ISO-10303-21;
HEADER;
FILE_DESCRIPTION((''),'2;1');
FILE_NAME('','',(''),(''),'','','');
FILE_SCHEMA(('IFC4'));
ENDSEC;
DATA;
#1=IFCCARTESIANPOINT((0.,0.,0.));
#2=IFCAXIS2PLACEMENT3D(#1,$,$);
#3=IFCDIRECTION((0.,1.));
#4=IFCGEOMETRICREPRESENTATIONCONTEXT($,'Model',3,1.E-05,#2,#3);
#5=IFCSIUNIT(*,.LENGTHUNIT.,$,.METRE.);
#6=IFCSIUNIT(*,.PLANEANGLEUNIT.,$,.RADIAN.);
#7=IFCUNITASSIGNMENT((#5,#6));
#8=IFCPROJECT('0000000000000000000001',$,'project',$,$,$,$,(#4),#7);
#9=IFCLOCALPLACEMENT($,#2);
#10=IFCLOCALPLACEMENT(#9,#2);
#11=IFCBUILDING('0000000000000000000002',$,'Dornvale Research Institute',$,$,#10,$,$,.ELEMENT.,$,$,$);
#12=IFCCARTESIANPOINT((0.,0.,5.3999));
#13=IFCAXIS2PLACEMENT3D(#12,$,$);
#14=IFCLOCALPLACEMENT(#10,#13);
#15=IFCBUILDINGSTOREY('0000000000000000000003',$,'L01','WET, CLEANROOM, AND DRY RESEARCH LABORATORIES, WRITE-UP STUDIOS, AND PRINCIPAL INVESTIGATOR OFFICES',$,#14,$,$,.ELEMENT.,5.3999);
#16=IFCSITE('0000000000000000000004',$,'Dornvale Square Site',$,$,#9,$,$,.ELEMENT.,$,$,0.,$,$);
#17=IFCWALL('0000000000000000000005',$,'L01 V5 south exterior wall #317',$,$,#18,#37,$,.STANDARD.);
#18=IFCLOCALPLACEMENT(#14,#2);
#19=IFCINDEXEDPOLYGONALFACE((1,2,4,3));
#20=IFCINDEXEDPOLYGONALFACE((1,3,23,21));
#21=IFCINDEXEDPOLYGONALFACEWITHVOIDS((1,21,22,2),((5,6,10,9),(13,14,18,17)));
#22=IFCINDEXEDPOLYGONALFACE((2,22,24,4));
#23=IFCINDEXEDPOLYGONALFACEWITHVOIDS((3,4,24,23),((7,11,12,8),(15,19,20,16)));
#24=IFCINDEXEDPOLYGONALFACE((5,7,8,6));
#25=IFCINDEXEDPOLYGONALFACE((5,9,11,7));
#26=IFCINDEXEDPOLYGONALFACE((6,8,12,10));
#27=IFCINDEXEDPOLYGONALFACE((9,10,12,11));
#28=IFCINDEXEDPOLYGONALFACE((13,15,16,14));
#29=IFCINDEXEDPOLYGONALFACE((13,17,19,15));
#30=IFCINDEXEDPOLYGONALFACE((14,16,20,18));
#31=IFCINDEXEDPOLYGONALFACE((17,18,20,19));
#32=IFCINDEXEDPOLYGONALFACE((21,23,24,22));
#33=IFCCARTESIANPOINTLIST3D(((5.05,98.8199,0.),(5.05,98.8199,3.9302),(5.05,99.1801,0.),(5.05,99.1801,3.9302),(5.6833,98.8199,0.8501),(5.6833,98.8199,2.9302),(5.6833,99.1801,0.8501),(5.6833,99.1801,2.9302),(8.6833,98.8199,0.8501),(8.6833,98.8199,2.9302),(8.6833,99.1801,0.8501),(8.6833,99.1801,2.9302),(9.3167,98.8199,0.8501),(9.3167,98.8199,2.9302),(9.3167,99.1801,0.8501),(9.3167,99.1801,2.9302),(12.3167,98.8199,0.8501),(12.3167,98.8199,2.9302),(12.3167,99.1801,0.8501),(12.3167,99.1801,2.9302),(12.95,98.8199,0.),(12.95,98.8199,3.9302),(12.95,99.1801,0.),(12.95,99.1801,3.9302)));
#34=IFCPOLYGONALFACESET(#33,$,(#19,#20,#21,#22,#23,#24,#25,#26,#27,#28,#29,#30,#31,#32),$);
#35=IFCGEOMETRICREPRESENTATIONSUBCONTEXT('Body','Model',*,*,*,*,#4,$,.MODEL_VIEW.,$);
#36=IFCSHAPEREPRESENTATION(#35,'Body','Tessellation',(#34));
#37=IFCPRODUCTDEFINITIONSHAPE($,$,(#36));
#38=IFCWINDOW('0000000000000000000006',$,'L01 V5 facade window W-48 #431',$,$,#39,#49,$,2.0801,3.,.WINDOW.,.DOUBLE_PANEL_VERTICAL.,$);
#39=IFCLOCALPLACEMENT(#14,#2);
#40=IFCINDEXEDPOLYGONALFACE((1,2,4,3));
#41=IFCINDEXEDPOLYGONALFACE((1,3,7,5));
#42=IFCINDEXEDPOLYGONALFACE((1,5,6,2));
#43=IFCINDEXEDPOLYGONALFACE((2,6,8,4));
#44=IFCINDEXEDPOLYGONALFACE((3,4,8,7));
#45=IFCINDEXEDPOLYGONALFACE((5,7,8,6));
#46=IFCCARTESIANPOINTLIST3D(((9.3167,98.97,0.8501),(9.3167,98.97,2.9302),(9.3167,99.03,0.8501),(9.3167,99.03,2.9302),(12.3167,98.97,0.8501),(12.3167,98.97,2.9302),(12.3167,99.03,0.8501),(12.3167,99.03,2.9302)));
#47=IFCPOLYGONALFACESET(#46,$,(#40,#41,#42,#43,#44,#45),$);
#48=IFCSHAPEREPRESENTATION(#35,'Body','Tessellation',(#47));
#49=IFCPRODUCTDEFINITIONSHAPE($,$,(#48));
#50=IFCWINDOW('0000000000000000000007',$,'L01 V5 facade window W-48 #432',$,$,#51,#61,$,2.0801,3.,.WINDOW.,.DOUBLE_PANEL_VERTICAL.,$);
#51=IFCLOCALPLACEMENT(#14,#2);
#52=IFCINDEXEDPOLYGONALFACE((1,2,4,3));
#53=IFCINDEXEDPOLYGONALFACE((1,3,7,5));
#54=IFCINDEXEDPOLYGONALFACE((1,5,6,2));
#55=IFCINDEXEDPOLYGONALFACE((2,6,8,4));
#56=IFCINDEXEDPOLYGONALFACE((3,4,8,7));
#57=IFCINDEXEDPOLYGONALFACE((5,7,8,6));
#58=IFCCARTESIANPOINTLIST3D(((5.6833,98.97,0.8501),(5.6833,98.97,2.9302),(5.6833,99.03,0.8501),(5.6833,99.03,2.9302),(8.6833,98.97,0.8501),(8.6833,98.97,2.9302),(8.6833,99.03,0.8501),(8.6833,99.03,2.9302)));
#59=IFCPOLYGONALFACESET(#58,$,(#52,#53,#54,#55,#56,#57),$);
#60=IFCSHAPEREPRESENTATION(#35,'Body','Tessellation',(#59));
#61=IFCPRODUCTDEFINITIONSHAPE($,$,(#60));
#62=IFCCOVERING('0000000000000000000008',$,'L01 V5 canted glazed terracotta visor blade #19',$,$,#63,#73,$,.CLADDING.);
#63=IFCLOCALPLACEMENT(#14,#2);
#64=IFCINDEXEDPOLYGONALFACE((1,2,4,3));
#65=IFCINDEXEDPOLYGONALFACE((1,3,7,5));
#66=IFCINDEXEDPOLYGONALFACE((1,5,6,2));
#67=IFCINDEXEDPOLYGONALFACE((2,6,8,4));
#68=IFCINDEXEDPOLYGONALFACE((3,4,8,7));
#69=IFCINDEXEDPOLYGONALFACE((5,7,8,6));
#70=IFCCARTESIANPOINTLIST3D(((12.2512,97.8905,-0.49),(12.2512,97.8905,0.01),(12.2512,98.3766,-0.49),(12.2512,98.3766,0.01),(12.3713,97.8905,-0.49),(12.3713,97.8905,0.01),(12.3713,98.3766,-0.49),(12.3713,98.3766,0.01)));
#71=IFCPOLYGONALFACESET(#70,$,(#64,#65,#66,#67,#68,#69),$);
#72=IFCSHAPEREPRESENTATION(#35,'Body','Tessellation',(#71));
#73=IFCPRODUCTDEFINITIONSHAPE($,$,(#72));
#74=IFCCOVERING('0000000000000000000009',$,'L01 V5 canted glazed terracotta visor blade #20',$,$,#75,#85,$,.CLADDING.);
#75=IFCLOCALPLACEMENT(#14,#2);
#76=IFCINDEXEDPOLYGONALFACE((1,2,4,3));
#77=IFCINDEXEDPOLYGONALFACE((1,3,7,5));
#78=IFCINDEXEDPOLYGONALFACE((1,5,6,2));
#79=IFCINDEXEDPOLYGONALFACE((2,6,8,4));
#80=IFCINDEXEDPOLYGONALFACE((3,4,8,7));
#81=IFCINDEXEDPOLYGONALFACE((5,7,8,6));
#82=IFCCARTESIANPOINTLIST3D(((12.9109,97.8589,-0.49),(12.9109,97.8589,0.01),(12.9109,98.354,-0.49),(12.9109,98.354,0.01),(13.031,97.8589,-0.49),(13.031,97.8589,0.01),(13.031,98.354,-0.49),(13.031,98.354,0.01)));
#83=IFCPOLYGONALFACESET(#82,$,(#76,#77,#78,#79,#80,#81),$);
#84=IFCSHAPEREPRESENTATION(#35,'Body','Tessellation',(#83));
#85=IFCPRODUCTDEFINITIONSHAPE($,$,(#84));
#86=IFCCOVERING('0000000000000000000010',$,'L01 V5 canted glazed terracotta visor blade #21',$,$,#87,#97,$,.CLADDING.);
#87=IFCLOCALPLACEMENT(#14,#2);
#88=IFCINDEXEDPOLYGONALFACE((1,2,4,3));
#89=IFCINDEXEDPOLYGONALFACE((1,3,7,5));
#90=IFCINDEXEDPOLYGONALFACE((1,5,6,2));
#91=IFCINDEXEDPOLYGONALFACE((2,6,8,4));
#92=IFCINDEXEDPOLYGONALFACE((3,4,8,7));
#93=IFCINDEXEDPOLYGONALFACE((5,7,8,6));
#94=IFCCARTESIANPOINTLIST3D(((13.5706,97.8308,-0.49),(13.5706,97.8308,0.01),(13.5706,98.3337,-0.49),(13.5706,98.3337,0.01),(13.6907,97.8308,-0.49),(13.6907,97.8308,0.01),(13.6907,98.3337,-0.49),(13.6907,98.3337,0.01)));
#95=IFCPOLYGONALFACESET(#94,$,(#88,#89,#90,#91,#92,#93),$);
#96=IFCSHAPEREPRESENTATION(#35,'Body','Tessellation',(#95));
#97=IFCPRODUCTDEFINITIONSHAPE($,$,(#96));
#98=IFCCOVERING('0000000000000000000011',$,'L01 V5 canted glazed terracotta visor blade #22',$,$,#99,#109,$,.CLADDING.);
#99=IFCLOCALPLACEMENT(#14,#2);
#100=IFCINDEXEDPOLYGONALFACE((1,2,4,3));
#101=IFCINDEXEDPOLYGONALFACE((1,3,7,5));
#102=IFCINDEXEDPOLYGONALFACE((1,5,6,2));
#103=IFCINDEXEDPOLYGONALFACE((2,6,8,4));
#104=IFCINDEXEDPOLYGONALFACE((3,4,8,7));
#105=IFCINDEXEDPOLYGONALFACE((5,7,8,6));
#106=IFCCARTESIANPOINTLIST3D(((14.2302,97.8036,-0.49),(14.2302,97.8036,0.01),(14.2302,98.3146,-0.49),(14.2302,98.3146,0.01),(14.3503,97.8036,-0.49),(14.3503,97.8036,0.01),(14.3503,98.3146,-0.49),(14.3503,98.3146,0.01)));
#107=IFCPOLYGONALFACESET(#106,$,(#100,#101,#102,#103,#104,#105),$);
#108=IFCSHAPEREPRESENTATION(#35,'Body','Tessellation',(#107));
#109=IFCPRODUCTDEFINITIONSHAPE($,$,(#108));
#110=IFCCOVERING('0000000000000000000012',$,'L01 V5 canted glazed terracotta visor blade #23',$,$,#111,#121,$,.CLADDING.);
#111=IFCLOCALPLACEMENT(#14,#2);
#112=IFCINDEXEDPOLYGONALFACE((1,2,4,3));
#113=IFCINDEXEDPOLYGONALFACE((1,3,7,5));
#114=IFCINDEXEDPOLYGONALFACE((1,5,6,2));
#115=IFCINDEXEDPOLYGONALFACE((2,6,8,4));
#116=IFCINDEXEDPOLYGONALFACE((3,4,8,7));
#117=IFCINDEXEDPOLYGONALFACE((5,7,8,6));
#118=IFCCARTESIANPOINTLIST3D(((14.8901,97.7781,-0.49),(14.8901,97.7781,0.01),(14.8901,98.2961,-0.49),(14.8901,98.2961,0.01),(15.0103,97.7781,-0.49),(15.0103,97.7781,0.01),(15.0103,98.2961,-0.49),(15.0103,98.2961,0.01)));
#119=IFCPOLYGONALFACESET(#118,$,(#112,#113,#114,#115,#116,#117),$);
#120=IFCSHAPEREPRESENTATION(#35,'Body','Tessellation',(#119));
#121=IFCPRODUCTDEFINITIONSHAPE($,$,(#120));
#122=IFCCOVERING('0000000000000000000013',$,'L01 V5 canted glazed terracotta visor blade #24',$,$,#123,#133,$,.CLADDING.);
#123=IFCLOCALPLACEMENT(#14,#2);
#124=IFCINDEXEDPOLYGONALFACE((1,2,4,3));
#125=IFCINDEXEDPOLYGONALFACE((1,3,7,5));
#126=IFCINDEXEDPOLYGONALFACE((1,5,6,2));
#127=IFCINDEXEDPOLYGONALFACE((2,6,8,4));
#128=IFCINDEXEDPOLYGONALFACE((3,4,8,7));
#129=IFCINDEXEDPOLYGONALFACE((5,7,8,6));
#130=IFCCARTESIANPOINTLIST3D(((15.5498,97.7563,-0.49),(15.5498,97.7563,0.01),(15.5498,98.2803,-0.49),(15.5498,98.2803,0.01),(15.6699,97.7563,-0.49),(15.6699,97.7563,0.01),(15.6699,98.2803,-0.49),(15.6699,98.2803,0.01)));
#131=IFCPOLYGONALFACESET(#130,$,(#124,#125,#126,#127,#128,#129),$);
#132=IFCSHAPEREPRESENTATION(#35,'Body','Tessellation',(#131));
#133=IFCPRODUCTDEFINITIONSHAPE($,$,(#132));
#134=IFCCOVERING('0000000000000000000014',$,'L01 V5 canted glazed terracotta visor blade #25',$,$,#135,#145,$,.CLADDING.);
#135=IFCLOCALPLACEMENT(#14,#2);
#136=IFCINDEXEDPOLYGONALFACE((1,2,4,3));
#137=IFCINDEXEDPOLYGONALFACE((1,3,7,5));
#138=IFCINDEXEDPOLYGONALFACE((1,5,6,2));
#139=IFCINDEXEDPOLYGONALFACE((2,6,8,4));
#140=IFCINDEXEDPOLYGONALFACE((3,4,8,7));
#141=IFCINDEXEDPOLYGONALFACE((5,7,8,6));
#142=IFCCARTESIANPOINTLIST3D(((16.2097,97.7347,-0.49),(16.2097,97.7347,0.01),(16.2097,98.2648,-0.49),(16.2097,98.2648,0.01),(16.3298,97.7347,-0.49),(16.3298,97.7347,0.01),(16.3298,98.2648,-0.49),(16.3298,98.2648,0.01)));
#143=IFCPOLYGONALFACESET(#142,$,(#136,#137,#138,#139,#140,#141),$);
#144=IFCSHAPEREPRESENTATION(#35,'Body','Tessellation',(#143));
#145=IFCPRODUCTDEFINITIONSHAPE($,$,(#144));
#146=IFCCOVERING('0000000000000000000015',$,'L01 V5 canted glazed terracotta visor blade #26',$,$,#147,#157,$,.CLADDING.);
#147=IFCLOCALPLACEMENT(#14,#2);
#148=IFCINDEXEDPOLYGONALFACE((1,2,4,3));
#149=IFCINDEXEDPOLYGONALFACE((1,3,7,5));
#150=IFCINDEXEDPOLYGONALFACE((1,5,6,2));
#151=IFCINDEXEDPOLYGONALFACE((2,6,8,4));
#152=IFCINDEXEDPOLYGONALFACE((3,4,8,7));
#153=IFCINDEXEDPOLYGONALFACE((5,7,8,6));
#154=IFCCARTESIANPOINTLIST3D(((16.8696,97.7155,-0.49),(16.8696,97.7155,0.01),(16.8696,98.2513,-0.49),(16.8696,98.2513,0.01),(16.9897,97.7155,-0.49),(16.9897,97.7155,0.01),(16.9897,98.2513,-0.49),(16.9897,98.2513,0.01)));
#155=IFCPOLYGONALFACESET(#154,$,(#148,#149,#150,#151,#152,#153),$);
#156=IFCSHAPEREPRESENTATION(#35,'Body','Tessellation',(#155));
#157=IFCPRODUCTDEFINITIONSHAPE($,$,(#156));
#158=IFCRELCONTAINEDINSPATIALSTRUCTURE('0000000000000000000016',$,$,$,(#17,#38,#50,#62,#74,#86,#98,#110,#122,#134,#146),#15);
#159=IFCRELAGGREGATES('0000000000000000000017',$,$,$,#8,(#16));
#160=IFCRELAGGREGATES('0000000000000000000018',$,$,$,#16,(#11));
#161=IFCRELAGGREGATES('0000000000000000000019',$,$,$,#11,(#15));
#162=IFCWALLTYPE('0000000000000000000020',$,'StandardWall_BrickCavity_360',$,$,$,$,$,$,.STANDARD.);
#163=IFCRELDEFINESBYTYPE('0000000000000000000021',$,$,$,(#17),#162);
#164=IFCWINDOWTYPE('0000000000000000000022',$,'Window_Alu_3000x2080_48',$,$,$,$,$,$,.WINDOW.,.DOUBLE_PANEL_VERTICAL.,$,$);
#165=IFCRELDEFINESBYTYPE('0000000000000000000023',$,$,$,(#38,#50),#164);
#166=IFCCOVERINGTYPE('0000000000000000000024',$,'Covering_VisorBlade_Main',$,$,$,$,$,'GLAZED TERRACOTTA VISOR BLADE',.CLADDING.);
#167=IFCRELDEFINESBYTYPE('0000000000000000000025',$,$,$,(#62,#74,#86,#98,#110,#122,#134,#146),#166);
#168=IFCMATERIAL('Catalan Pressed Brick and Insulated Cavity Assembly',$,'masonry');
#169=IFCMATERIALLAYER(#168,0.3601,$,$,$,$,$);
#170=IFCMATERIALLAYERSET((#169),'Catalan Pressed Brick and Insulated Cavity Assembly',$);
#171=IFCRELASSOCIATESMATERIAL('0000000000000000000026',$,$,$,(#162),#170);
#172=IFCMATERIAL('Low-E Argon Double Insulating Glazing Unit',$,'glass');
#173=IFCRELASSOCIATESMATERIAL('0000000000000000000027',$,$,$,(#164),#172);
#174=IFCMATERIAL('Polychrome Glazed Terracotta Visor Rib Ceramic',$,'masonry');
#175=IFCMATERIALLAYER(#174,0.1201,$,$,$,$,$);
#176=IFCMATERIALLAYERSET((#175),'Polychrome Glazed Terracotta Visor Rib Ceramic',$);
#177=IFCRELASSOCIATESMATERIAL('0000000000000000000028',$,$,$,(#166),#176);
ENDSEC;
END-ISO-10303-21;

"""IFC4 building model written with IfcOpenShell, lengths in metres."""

from ifc_helpers import new_model, si_unit, direction, frame, frame_2d, origin, origin_2d, place, context, subcontext, project, spatial, rectangle, extrude, material, layer, layer_set, type_object, element, fill, save


model = new_model("IFC4")

# Units and contexts
model_context = context("Model", 3, precision=1e-05, world=origin(), true_north=direction((0.0, 1.0)))
body_context = subcontext(model_context, "Body", "Model", "MODEL_VIEW")
ifc_project = project(units=[si_unit("LENGTHUNIT", "METRE"), si_unit("PLANEANGLEUNIT", "RADIAN")], contexts=[model_context])

# Site, building, storey
site_placement = place(None, origin())
site = spatial("IfcSite", under=ifc_project, at=site_placement, Name="Dornvale Square Site", CompositionType="ELEMENT", RefElevation=0.0)
building_placement = place(site_placement, origin())
building = spatial("IfcBuilding", under=site, at=building_placement, Name="Dornvale Research Institute", CompositionType="ELEMENT")
storey_placement = place(building_placement, frame((0.0, 0.0, 5.3999)))
storey = spatial("IfcBuildingStorey", under=building, at=storey_placement, Name="L01", Description="WET, CLEANROOM, AND DRY RESEARCH LABORATORIES, WRITE-UP STUDIOS, AND PRINCIPAL INVESTIGATOR OFFICES", CompositionType="ELEMENT", Elevation=5.3999)

# Wall, openings, windows
ifc_material_1 = material(Name="Catalan Pressed Brick and Insulated Cavity Assembly", Category="masonry")
ifc_layer_1 = layer(ifc_material_1, 0.3601)
ifc_layer_set_1 = layer_set([ifc_layer_1], Name="Catalan Pressed Brick and Insulated Cavity Assembly")
wall_type_1 = type_object("IfcWallType", Name="StandardWall_BrickCavity_360", PredefinedType="STANDARD", material=ifc_layer_set_1)
wall_1_placement = place(storey_placement, frame((12.95, 99.0, 0.0), z_axis=(0.0, 0.0, 1.0), x_axis=(-1.0, 0.0, 0.0)))
wall_1 = element("IfcWall", 1, at=wall_1_placement, inside=storey, type_object=wall_type_1, Name="L01 V5 south exterior wall #317", PredefinedType="STANDARD", context=body_context, shape_type="SweptSolid", body=[
    extrude(rectangle(XDim=7.8999, YDim=0.3601, at=frame_2d((3.95, 0.0))), origin(), (0.0, 0.0, 1.0), 3.9302),
])
opening_1_placement = place(wall_1_placement, frame((0.6333, 0.0, 0.8501)))
opening_1 = element("IfcOpeningElement", 2, at=opening_1_placement, cuts=wall_1, PredefinedType="OPENING", context=body_context, shape_type="SweptSolid", body=[
    extrude(rectangle(XDim=3.0, YDim=2.0801, at=frame_2d((1.5, 1.04))), frame((0.0, 0.1951, 0.0), z_axis=(0.0, -1.0, 0.0), x_axis=(1.0, 0.0, 0.0)), (0.0, 0.0, 1.0), 0.3901),
])
opening_2_placement = place(wall_1_placement, frame((4.2666, 0.0, 0.8501)))
opening_2 = element("IfcOpeningElement", 3, at=opening_2_placement, cuts=wall_1, PredefinedType="OPENING", context=body_context, shape_type="SweptSolid", body=[
    extrude(rectangle(XDim=3.0, YDim=2.0801, at=frame_2d((1.5, 1.04))), frame((0.0, 0.1951, 0.0), z_axis=(0.0, -1.0, 0.0), x_axis=(1.0, 0.0, 0.0)), (0.0, 0.0, 1.0), 0.3901),
])
ifc_material_2 = material(Name="Low-E Argon Double Insulating Glazing Unit", Category="glass")
window_type = type_object("IfcWindowType", Name="Window_Alu_3000x2080_48", PartitioningType="DOUBLE_PANEL_VERTICAL", PredefinedType="WINDOW", material=ifc_material_2)
window_1_placement = place(opening_1_placement, origin())
window_1 = element("IfcWindow", 4, at=window_1_placement, inside=storey, type_object=window_type, Name="L01 V5 facade window W-48 #431", OverallHeight=2.0801, OverallWidth=3.0, PartitioningType="DOUBLE_PANEL_VERTICAL", PredefinedType="WINDOW", context=body_context, shape_type="SweptSolid", body=[
    extrude(rectangle(XDim=3.0, YDim=2.0801, at=frame_2d((1.5, 1.04))), frame((0.0, 0.03, 0.0), z_axis=(0.0, -1.0, 0.0), x_axis=(1.0, 0.0, 0.0)), (0.0, 0.0, 1.0), 0.0601),
])
fill(opening_1, window_1)
window_2_placement = place(opening_2_placement, origin())
window_2 = element("IfcWindow", 5, at=window_2_placement, inside=storey, type_object=window_type, Name="L01 V5 facade window W-48 #432", OverallHeight=2.0801, OverallWidth=3.0, PartitioningType="DOUBLE_PANEL_VERTICAL", PredefinedType="WINDOW", context=body_context, shape_type="SweptSolid", body=[
    extrude(rectangle(XDim=3.0, YDim=2.0801, at=frame_2d((1.5, 1.04))), frame((0.0, 0.03, 0.0), z_axis=(0.0, -1.0, 0.0), x_axis=(1.0, 0.0, 0.0)), (0.0, 0.0, 1.0), 0.0601),
])
fill(opening_2, window_2)

# Coverings
ifc_material_3 = material(Name="Polychrome Glazed Terracotta Visor Rib Ceramic", Category="masonry")
ifc_layer_2 = layer(ifc_material_3, 0.1201)
ifc_layer_set_2 = layer_set([ifc_layer_2], Name="Polychrome Glazed Terracotta Visor Rib Ceramic")
covering_type = type_object("IfcCoveringType", Name="Covering_VisorBlade_Main", ElementType="GLAZED TERRACOTTA VISOR BLADE", PredefinedType="CLADDING", material=ifc_layer_set_2)
covering_1_placement = place(storey_placement, frame((12.3113, 98.1335, -0.49), z_axis=(0.0, 0.0, 1.0), x_axis=(0.0, 1.0, 0.0)))
element("IfcCovering", 6, at=covering_1_placement, inside=storey, type_object=covering_type, Name="L01 V5 canted glazed terracotta visor blade #19", PredefinedType="CLADDING", context=body_context, shape_type="SweptSolid", body=[
    extrude(rectangle(XDim=0.4861, YDim=0.1201, at=origin_2d()), origin(), (0.0, 0.0, 1.0), 0.5),
])
covering_2_placement = place(storey_placement, frame((12.9709, 98.1064, -0.49), z_axis=(0.0, 0.0, 1.0), x_axis=(0.0, 1.0, 0.0)))
element("IfcCovering", 7, at=covering_2_placement, inside=storey, type_object=covering_type, Name="L01 V5 canted glazed terracotta visor blade #20", PredefinedType="CLADDING", context=body_context, shape_type="SweptSolid", body=[
    extrude(rectangle(XDim=0.4951, YDim=0.1201, at=origin_2d()), origin(), (0.0, 0.0, 1.0), 0.5),
])
covering_3_placement = place(storey_placement, frame((13.6306, 98.0823, -0.49), z_axis=(0.0, 0.0, 1.0), x_axis=(0.0, 1.0, 0.0)))
element("IfcCovering", 8, at=covering_3_placement, inside=storey, type_object=covering_type, Name="L01 V5 canted glazed terracotta visor blade #21", PredefinedType="CLADDING", context=body_context, shape_type="SweptSolid", body=[
    extrude(rectangle(XDim=0.5029, YDim=0.1201, at=origin_2d()), origin(), (0.0, 0.0, 1.0), 0.5),
])
covering_4_placement = place(storey_placement, frame((14.2903, 98.0591, -0.49), z_axis=(0.0, 0.0, 1.0), x_axis=(0.0, 1.0, 0.0)))
element("IfcCovering", 9, at=covering_4_placement, inside=storey, type_object=covering_type, Name="L01 V5 canted glazed terracotta visor blade #22", PredefinedType="CLADDING", context=body_context, shape_type="SweptSolid", body=[
    extrude(rectangle(XDim=0.511, YDim=0.1201, at=origin_2d()), origin(), (0.0, 0.0, 1.0), 0.5),
])
covering_5_placement = place(storey_placement, frame((14.9502, 98.0371, -0.49), z_axis=(0.0, 0.0, 1.0), x_axis=(0.0, 1.0, 0.0)))
element("IfcCovering", 10, at=covering_5_placement, inside=storey, type_object=covering_type, Name="L01 V5 canted glazed terracotta visor blade #23", PredefinedType="CLADDING", context=body_context, shape_type="SweptSolid", body=[
    extrude(rectangle(XDim=0.5181, YDim=0.1201, at=origin_2d()), origin(), (0.0, 0.0, 1.0), 0.5),
])
covering_6_placement = place(storey_placement, frame((15.6099, 98.0183, -0.49), z_axis=(0.0, 0.0, 1.0), x_axis=(0.0, 1.0, 0.0)))
element("IfcCovering", 11, at=covering_6_placement, inside=storey, type_object=covering_type, Name="L01 V5 canted glazed terracotta visor blade #24", PredefinedType="CLADDING", context=body_context, shape_type="SweptSolid", body=[
    extrude(rectangle(XDim=0.5239, YDim=0.1201, at=origin_2d()), origin(), (0.0, 0.0, 1.0), 0.5),
])
covering_7_placement = place(storey_placement, frame((16.2698, 97.9998, -0.49), z_axis=(0.0, 0.0, 1.0), x_axis=(0.0, 1.0, 0.0)))
element("IfcCovering", 12, at=covering_7_placement, inside=storey, type_object=covering_type, Name="L01 V5 canted glazed terracotta visor blade #25", PredefinedType="CLADDING", context=body_context, shape_type="SweptSolid", body=[
    extrude(rectangle(XDim=0.53, YDim=0.1201, at=origin_2d()), origin(), (0.0, 0.0, 1.0), 0.5),
])
covering_8_placement = place(storey_placement, frame((16.9297, 97.9834, -0.49), z_axis=(0.0, 0.0, 1.0), x_axis=(0.0, 1.0, 0.0)))
element("IfcCovering", 13, at=covering_8_placement, inside=storey, type_object=covering_type, Name="L01 V5 canted glazed terracotta visor blade #26", PredefinedType="CLADDING", context=body_context, shape_type="SweptSolid", body=[
    extrude(rectangle(XDim=0.5359, YDim=0.1201, at=origin_2d()), origin(), (0.0, 0.0, 1.0), 0.5),
])

save(model, "model.ifc")
